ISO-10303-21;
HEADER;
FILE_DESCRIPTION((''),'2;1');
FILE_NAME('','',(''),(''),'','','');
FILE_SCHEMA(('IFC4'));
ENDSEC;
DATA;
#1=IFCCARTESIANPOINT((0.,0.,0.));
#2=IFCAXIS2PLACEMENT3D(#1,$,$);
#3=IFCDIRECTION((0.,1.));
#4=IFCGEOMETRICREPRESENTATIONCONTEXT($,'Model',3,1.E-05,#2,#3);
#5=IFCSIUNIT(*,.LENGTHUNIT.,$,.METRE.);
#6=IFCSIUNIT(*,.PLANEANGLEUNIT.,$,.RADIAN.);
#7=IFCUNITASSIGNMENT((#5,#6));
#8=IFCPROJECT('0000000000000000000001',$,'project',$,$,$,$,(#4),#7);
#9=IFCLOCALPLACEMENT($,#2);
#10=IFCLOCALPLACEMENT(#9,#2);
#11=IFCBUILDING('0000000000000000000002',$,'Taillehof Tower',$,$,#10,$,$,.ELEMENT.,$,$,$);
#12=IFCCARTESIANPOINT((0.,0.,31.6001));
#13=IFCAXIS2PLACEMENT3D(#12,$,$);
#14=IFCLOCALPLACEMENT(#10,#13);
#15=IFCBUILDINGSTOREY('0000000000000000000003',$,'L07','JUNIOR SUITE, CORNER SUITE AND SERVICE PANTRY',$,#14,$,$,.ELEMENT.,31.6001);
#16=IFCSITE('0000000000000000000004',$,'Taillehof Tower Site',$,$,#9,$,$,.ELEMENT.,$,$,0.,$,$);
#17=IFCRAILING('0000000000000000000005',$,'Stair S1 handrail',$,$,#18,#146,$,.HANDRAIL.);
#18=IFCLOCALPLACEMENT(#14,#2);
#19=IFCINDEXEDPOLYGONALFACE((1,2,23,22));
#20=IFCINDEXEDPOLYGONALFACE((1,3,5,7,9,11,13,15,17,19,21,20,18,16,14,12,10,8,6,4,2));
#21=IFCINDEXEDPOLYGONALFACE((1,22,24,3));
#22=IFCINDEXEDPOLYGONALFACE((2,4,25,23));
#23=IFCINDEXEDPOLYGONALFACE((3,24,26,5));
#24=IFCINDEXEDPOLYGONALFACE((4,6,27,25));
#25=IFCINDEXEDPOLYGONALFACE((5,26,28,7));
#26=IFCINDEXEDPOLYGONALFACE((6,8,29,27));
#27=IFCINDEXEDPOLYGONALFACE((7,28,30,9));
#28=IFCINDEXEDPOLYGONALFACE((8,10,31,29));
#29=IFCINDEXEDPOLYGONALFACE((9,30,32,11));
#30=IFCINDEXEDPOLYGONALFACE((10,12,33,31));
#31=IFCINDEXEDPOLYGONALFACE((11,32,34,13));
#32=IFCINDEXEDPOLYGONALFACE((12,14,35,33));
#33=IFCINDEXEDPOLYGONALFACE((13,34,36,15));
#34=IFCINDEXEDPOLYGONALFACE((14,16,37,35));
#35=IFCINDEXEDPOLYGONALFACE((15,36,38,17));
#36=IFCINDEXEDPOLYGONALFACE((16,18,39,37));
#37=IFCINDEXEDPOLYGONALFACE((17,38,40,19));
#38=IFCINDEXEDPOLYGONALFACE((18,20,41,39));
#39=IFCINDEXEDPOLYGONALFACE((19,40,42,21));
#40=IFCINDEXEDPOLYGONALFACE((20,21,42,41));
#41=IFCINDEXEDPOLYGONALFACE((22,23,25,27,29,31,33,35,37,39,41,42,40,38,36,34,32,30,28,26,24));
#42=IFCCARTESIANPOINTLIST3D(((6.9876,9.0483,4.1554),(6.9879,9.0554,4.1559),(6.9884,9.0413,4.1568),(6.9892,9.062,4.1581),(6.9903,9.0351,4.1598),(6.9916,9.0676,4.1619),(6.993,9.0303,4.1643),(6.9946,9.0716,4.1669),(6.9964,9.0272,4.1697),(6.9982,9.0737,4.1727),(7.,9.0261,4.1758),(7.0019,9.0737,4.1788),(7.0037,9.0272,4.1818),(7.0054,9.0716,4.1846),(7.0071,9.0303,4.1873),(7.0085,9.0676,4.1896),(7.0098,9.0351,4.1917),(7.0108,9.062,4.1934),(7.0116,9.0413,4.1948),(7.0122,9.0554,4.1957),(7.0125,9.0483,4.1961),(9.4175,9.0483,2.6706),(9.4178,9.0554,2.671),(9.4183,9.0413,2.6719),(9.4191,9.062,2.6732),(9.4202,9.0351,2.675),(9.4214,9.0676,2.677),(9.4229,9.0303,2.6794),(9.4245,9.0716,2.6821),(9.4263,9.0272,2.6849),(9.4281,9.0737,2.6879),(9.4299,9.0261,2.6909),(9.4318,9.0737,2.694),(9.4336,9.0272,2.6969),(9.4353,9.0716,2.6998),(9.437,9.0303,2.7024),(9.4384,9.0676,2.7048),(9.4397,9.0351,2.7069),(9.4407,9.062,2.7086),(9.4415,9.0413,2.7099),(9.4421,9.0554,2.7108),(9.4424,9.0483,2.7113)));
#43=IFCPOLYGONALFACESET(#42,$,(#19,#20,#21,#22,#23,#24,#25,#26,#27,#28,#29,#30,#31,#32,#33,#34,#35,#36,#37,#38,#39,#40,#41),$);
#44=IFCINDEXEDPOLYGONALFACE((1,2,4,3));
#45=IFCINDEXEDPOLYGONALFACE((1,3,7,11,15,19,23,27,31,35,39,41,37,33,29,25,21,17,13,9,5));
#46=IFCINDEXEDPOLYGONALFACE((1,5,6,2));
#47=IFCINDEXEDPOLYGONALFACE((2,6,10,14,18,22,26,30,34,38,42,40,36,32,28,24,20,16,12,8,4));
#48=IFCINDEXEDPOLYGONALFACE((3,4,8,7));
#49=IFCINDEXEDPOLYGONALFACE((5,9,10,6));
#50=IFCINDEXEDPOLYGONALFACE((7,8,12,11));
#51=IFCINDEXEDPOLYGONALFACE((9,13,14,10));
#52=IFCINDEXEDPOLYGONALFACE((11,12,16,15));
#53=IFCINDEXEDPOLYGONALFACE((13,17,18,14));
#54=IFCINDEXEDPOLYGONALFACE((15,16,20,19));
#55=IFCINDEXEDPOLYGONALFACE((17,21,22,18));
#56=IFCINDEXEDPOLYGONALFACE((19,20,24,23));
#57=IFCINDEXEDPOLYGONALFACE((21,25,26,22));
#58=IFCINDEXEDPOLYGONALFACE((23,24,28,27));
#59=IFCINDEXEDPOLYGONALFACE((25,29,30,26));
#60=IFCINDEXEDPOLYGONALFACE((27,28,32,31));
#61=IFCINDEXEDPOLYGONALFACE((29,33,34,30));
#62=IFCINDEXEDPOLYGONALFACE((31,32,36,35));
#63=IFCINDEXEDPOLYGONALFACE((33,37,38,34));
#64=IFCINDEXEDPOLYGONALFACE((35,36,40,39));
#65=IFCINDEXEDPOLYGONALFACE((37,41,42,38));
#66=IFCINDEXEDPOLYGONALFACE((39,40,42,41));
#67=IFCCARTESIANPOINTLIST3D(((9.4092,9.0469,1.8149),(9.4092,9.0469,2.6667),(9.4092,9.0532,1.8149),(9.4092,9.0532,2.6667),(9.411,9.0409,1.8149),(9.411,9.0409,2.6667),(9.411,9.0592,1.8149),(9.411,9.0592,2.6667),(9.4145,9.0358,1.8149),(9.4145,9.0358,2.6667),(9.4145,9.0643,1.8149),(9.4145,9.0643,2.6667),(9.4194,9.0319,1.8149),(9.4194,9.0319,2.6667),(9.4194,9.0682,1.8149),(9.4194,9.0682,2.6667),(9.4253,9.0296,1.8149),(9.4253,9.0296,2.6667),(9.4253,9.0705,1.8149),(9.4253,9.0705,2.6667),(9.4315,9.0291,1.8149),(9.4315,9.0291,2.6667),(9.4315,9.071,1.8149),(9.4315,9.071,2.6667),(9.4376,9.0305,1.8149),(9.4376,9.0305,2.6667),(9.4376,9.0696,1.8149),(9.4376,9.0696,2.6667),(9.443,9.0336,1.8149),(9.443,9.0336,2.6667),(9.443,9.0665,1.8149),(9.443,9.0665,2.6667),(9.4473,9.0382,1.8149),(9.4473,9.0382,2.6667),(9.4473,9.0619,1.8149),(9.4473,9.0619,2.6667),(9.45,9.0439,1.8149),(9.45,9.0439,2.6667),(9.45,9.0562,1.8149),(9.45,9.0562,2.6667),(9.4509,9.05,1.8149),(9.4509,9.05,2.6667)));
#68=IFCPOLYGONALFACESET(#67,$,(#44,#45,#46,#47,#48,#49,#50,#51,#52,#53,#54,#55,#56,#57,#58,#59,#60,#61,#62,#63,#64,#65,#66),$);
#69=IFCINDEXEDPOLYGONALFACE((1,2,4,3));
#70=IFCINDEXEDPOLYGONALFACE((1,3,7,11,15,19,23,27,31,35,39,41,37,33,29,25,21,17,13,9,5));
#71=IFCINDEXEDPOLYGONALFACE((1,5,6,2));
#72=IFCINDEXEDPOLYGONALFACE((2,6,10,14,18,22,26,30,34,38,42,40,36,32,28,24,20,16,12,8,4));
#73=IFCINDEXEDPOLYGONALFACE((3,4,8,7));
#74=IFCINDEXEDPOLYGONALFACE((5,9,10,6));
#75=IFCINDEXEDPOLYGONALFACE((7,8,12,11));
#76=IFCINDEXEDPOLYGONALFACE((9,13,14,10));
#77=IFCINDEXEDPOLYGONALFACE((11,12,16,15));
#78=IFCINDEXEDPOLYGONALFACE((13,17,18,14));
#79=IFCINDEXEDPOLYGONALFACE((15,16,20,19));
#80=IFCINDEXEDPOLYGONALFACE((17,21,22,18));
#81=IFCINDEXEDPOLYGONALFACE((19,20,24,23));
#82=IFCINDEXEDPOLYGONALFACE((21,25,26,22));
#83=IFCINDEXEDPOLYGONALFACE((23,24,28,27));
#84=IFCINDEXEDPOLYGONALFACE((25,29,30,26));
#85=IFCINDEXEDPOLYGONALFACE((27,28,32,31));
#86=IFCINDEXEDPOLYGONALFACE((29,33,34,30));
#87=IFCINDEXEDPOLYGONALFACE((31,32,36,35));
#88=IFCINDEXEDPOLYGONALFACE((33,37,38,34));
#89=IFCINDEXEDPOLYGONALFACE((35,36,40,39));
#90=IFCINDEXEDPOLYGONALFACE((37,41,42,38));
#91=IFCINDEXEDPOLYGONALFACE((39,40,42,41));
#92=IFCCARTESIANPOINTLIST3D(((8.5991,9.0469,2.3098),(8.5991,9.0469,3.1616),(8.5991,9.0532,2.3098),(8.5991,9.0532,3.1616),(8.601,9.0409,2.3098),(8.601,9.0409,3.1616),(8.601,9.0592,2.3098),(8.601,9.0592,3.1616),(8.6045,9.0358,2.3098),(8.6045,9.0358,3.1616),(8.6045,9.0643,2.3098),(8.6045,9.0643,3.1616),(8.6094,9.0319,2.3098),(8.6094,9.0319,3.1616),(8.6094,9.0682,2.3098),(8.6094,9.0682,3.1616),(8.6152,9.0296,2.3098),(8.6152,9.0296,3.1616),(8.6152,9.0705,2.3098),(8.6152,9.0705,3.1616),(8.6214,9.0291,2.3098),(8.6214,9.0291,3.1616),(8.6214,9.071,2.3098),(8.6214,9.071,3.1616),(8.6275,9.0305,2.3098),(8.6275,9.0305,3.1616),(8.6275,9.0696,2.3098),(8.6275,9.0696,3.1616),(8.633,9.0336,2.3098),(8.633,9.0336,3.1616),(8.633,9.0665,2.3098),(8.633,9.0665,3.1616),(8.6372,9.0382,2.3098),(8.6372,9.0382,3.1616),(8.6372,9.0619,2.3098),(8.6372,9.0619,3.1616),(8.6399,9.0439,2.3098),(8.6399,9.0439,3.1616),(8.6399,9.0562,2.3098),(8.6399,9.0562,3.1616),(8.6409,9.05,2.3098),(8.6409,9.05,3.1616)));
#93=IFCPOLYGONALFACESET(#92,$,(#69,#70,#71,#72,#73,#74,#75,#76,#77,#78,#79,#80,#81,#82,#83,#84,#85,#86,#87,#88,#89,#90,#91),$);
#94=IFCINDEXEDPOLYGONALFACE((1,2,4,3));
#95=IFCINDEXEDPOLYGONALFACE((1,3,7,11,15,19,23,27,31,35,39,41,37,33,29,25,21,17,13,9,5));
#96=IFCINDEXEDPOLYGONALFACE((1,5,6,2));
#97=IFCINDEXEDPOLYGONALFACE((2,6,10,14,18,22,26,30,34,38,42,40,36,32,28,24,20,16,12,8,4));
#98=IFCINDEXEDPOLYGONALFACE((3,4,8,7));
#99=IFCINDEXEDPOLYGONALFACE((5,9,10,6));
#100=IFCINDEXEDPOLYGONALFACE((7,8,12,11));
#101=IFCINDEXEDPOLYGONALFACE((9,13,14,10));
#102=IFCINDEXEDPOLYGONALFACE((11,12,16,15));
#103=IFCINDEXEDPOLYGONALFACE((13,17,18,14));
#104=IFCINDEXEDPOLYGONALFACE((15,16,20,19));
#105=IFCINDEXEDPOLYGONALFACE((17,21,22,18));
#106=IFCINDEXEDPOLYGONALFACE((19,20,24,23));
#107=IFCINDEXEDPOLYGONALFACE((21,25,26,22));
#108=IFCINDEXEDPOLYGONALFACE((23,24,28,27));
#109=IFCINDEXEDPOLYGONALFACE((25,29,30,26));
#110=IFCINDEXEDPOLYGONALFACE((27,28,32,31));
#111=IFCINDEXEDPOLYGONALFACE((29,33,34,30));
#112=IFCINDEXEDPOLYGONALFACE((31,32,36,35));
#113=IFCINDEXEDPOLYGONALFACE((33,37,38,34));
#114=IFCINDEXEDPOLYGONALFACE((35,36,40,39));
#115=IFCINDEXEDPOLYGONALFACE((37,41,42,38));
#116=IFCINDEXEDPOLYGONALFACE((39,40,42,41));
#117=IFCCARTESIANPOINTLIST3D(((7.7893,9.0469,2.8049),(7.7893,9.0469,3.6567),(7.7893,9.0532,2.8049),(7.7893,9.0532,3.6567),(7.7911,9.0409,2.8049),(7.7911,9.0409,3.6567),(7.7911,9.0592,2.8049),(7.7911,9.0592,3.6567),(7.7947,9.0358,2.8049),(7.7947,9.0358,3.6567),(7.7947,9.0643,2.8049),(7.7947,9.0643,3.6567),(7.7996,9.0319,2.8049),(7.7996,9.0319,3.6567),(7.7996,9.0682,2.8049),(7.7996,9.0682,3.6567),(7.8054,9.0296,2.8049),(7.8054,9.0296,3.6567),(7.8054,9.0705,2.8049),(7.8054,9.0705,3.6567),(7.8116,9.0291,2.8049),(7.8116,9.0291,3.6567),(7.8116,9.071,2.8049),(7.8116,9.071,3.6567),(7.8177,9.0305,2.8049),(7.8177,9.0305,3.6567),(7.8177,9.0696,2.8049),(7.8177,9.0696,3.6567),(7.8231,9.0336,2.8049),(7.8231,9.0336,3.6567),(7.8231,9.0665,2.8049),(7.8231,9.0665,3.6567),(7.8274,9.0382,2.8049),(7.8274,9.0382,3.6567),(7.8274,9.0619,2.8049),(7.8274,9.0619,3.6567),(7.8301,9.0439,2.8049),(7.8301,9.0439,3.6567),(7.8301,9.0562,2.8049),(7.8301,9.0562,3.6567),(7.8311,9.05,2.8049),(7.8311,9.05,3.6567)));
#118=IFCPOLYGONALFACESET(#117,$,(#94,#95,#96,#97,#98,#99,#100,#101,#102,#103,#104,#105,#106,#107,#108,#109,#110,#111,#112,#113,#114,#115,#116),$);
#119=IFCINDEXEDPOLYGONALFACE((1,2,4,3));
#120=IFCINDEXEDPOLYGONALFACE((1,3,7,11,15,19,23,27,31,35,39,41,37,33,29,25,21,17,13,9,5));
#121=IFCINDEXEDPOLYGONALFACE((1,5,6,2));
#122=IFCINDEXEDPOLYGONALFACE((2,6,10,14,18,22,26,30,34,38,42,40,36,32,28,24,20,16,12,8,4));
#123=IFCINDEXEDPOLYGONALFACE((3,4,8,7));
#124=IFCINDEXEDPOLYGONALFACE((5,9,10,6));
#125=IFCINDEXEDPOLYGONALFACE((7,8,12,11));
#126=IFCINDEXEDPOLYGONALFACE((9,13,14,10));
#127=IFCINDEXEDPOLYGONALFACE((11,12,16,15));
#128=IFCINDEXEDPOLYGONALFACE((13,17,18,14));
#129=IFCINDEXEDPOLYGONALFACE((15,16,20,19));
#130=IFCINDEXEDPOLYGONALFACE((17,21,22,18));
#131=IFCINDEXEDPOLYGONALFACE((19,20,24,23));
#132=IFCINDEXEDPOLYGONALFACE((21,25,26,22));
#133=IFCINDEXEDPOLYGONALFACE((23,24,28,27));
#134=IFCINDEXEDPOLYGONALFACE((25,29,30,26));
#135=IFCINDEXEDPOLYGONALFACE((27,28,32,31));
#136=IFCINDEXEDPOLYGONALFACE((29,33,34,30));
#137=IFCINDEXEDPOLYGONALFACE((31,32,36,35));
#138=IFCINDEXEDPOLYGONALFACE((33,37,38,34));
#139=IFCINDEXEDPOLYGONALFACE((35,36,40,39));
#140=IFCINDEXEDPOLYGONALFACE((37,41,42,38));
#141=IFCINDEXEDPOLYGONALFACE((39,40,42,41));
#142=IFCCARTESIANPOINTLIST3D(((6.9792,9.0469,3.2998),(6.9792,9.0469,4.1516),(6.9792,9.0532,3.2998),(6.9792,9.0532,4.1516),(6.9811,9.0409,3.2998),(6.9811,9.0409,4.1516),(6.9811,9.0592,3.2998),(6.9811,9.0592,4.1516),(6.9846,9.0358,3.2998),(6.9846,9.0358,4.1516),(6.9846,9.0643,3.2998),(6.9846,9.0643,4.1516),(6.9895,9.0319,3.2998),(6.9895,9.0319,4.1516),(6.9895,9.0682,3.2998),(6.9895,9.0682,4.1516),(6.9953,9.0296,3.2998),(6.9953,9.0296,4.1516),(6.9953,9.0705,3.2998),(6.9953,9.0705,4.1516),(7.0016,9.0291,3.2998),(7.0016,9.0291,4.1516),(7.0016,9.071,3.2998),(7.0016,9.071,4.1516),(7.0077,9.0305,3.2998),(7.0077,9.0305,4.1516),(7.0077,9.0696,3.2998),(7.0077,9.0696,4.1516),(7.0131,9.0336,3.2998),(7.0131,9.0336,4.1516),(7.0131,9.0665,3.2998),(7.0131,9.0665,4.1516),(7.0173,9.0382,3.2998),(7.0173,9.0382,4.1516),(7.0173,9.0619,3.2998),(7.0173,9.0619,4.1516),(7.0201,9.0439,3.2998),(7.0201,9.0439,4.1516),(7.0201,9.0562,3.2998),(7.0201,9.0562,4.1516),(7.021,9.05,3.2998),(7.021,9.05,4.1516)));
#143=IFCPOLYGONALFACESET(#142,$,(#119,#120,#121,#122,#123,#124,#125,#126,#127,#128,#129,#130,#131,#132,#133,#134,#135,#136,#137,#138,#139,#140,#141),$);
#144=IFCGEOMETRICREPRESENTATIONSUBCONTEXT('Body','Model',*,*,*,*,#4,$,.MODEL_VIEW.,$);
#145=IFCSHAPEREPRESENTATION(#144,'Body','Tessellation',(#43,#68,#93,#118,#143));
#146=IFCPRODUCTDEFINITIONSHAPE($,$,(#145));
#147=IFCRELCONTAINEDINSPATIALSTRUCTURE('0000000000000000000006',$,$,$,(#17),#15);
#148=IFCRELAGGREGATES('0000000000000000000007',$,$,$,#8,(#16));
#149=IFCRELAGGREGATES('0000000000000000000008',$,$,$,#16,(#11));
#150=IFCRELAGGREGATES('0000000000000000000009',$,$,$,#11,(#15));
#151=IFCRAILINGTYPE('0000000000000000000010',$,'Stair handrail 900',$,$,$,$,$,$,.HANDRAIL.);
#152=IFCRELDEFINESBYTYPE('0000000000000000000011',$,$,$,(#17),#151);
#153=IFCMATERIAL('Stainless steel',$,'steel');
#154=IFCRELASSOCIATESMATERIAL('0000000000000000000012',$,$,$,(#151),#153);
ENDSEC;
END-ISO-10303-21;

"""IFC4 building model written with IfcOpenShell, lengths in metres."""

from ifc_helpers import new_model, si_unit, direction, frame, origin, origin_2d, place, context, subcontext, project, spatial, circle, extrude, material, type_object, element, save


model = new_model("IFC4")

# Units and contexts
model_context = context("Model", 3, precision=1e-05, world=origin(), true_north=direction((0.0, 1.0)))
body_context = subcontext(model_context, "Body", "Model", "MODEL_VIEW")
ifc_project = project(units=[si_unit("LENGTHUNIT", "METRE"), si_unit("PLANEANGLEUNIT", "RADIAN")], contexts=[model_context])

# Site, building, storey
site_placement = place(None, origin())
site = spatial("IfcSite", under=ifc_project, at=site_placement, Name="Taillehof Tower Site", CompositionType="ELEMENT", RefElevation=0.0)
building_placement = place(site_placement, origin())
building = spatial("IfcBuilding", under=site, at=building_placement, Name="Taillehof Tower", CompositionType="ELEMENT")
storey_placement = place(building_placement, frame((0.0, 0.0, 31.6001)))
storey = spatial("IfcBuildingStorey", under=building, at=storey_placement, Name="L07", Description="JUNIOR SUITE, CORNER SUITE AND SERVICE PANTRY", CompositionType="ELEMENT", Elevation=31.6001)

# Railing
ifc_material_1 = material(Name="Stainless steel", Category="steel")
railing_type = type_object("IfcRailingType", Name="Stair handrail 900", PredefinedType="HANDRAIL", material=ifc_material_1)
railing_placement = place(storey_placement, frame((9.4299, 9.05, 1.8149)))
element("IfcRailing", 1, at=railing_placement, inside=storey, type_object=railing_type, Name="Stair S1 handrail", PredefinedType="HANDRAIL", context=body_context, shape_type="SweptSolid", body=[
    extrude(circle(Radius=0.0239, at=origin_2d()), frame((0.0, 0.0, 0.876), z_axis=(-0.853297, 0.0, 0.521426), x_axis=(0.0, -1.0, 0.0)), (0.0, 0.0, 1.0), 2.8477),
    extrude(circle(Radius=0.021, at=origin_2d()), origin(), (0.0, 0.0, 1.0), 0.8518),
    extrude(circle(Radius=0.021, at=origin_2d()), frame((-0.8101, 0.0, 0.4949)), (0.0, 0.0, 1.0), 0.8518),
    extrude(circle(Radius=0.021, at=origin_2d()), frame((-1.6199, 0.0, 0.99)), (0.0, 0.0, 1.0), 0.8518),
    extrude(circle(Radius=0.021, at=origin_2d()), frame((-2.4299, 0.0, 1.4849)), (0.0, 0.0, 1.0), 0.8518),
])

save(model, "model.ifc")
